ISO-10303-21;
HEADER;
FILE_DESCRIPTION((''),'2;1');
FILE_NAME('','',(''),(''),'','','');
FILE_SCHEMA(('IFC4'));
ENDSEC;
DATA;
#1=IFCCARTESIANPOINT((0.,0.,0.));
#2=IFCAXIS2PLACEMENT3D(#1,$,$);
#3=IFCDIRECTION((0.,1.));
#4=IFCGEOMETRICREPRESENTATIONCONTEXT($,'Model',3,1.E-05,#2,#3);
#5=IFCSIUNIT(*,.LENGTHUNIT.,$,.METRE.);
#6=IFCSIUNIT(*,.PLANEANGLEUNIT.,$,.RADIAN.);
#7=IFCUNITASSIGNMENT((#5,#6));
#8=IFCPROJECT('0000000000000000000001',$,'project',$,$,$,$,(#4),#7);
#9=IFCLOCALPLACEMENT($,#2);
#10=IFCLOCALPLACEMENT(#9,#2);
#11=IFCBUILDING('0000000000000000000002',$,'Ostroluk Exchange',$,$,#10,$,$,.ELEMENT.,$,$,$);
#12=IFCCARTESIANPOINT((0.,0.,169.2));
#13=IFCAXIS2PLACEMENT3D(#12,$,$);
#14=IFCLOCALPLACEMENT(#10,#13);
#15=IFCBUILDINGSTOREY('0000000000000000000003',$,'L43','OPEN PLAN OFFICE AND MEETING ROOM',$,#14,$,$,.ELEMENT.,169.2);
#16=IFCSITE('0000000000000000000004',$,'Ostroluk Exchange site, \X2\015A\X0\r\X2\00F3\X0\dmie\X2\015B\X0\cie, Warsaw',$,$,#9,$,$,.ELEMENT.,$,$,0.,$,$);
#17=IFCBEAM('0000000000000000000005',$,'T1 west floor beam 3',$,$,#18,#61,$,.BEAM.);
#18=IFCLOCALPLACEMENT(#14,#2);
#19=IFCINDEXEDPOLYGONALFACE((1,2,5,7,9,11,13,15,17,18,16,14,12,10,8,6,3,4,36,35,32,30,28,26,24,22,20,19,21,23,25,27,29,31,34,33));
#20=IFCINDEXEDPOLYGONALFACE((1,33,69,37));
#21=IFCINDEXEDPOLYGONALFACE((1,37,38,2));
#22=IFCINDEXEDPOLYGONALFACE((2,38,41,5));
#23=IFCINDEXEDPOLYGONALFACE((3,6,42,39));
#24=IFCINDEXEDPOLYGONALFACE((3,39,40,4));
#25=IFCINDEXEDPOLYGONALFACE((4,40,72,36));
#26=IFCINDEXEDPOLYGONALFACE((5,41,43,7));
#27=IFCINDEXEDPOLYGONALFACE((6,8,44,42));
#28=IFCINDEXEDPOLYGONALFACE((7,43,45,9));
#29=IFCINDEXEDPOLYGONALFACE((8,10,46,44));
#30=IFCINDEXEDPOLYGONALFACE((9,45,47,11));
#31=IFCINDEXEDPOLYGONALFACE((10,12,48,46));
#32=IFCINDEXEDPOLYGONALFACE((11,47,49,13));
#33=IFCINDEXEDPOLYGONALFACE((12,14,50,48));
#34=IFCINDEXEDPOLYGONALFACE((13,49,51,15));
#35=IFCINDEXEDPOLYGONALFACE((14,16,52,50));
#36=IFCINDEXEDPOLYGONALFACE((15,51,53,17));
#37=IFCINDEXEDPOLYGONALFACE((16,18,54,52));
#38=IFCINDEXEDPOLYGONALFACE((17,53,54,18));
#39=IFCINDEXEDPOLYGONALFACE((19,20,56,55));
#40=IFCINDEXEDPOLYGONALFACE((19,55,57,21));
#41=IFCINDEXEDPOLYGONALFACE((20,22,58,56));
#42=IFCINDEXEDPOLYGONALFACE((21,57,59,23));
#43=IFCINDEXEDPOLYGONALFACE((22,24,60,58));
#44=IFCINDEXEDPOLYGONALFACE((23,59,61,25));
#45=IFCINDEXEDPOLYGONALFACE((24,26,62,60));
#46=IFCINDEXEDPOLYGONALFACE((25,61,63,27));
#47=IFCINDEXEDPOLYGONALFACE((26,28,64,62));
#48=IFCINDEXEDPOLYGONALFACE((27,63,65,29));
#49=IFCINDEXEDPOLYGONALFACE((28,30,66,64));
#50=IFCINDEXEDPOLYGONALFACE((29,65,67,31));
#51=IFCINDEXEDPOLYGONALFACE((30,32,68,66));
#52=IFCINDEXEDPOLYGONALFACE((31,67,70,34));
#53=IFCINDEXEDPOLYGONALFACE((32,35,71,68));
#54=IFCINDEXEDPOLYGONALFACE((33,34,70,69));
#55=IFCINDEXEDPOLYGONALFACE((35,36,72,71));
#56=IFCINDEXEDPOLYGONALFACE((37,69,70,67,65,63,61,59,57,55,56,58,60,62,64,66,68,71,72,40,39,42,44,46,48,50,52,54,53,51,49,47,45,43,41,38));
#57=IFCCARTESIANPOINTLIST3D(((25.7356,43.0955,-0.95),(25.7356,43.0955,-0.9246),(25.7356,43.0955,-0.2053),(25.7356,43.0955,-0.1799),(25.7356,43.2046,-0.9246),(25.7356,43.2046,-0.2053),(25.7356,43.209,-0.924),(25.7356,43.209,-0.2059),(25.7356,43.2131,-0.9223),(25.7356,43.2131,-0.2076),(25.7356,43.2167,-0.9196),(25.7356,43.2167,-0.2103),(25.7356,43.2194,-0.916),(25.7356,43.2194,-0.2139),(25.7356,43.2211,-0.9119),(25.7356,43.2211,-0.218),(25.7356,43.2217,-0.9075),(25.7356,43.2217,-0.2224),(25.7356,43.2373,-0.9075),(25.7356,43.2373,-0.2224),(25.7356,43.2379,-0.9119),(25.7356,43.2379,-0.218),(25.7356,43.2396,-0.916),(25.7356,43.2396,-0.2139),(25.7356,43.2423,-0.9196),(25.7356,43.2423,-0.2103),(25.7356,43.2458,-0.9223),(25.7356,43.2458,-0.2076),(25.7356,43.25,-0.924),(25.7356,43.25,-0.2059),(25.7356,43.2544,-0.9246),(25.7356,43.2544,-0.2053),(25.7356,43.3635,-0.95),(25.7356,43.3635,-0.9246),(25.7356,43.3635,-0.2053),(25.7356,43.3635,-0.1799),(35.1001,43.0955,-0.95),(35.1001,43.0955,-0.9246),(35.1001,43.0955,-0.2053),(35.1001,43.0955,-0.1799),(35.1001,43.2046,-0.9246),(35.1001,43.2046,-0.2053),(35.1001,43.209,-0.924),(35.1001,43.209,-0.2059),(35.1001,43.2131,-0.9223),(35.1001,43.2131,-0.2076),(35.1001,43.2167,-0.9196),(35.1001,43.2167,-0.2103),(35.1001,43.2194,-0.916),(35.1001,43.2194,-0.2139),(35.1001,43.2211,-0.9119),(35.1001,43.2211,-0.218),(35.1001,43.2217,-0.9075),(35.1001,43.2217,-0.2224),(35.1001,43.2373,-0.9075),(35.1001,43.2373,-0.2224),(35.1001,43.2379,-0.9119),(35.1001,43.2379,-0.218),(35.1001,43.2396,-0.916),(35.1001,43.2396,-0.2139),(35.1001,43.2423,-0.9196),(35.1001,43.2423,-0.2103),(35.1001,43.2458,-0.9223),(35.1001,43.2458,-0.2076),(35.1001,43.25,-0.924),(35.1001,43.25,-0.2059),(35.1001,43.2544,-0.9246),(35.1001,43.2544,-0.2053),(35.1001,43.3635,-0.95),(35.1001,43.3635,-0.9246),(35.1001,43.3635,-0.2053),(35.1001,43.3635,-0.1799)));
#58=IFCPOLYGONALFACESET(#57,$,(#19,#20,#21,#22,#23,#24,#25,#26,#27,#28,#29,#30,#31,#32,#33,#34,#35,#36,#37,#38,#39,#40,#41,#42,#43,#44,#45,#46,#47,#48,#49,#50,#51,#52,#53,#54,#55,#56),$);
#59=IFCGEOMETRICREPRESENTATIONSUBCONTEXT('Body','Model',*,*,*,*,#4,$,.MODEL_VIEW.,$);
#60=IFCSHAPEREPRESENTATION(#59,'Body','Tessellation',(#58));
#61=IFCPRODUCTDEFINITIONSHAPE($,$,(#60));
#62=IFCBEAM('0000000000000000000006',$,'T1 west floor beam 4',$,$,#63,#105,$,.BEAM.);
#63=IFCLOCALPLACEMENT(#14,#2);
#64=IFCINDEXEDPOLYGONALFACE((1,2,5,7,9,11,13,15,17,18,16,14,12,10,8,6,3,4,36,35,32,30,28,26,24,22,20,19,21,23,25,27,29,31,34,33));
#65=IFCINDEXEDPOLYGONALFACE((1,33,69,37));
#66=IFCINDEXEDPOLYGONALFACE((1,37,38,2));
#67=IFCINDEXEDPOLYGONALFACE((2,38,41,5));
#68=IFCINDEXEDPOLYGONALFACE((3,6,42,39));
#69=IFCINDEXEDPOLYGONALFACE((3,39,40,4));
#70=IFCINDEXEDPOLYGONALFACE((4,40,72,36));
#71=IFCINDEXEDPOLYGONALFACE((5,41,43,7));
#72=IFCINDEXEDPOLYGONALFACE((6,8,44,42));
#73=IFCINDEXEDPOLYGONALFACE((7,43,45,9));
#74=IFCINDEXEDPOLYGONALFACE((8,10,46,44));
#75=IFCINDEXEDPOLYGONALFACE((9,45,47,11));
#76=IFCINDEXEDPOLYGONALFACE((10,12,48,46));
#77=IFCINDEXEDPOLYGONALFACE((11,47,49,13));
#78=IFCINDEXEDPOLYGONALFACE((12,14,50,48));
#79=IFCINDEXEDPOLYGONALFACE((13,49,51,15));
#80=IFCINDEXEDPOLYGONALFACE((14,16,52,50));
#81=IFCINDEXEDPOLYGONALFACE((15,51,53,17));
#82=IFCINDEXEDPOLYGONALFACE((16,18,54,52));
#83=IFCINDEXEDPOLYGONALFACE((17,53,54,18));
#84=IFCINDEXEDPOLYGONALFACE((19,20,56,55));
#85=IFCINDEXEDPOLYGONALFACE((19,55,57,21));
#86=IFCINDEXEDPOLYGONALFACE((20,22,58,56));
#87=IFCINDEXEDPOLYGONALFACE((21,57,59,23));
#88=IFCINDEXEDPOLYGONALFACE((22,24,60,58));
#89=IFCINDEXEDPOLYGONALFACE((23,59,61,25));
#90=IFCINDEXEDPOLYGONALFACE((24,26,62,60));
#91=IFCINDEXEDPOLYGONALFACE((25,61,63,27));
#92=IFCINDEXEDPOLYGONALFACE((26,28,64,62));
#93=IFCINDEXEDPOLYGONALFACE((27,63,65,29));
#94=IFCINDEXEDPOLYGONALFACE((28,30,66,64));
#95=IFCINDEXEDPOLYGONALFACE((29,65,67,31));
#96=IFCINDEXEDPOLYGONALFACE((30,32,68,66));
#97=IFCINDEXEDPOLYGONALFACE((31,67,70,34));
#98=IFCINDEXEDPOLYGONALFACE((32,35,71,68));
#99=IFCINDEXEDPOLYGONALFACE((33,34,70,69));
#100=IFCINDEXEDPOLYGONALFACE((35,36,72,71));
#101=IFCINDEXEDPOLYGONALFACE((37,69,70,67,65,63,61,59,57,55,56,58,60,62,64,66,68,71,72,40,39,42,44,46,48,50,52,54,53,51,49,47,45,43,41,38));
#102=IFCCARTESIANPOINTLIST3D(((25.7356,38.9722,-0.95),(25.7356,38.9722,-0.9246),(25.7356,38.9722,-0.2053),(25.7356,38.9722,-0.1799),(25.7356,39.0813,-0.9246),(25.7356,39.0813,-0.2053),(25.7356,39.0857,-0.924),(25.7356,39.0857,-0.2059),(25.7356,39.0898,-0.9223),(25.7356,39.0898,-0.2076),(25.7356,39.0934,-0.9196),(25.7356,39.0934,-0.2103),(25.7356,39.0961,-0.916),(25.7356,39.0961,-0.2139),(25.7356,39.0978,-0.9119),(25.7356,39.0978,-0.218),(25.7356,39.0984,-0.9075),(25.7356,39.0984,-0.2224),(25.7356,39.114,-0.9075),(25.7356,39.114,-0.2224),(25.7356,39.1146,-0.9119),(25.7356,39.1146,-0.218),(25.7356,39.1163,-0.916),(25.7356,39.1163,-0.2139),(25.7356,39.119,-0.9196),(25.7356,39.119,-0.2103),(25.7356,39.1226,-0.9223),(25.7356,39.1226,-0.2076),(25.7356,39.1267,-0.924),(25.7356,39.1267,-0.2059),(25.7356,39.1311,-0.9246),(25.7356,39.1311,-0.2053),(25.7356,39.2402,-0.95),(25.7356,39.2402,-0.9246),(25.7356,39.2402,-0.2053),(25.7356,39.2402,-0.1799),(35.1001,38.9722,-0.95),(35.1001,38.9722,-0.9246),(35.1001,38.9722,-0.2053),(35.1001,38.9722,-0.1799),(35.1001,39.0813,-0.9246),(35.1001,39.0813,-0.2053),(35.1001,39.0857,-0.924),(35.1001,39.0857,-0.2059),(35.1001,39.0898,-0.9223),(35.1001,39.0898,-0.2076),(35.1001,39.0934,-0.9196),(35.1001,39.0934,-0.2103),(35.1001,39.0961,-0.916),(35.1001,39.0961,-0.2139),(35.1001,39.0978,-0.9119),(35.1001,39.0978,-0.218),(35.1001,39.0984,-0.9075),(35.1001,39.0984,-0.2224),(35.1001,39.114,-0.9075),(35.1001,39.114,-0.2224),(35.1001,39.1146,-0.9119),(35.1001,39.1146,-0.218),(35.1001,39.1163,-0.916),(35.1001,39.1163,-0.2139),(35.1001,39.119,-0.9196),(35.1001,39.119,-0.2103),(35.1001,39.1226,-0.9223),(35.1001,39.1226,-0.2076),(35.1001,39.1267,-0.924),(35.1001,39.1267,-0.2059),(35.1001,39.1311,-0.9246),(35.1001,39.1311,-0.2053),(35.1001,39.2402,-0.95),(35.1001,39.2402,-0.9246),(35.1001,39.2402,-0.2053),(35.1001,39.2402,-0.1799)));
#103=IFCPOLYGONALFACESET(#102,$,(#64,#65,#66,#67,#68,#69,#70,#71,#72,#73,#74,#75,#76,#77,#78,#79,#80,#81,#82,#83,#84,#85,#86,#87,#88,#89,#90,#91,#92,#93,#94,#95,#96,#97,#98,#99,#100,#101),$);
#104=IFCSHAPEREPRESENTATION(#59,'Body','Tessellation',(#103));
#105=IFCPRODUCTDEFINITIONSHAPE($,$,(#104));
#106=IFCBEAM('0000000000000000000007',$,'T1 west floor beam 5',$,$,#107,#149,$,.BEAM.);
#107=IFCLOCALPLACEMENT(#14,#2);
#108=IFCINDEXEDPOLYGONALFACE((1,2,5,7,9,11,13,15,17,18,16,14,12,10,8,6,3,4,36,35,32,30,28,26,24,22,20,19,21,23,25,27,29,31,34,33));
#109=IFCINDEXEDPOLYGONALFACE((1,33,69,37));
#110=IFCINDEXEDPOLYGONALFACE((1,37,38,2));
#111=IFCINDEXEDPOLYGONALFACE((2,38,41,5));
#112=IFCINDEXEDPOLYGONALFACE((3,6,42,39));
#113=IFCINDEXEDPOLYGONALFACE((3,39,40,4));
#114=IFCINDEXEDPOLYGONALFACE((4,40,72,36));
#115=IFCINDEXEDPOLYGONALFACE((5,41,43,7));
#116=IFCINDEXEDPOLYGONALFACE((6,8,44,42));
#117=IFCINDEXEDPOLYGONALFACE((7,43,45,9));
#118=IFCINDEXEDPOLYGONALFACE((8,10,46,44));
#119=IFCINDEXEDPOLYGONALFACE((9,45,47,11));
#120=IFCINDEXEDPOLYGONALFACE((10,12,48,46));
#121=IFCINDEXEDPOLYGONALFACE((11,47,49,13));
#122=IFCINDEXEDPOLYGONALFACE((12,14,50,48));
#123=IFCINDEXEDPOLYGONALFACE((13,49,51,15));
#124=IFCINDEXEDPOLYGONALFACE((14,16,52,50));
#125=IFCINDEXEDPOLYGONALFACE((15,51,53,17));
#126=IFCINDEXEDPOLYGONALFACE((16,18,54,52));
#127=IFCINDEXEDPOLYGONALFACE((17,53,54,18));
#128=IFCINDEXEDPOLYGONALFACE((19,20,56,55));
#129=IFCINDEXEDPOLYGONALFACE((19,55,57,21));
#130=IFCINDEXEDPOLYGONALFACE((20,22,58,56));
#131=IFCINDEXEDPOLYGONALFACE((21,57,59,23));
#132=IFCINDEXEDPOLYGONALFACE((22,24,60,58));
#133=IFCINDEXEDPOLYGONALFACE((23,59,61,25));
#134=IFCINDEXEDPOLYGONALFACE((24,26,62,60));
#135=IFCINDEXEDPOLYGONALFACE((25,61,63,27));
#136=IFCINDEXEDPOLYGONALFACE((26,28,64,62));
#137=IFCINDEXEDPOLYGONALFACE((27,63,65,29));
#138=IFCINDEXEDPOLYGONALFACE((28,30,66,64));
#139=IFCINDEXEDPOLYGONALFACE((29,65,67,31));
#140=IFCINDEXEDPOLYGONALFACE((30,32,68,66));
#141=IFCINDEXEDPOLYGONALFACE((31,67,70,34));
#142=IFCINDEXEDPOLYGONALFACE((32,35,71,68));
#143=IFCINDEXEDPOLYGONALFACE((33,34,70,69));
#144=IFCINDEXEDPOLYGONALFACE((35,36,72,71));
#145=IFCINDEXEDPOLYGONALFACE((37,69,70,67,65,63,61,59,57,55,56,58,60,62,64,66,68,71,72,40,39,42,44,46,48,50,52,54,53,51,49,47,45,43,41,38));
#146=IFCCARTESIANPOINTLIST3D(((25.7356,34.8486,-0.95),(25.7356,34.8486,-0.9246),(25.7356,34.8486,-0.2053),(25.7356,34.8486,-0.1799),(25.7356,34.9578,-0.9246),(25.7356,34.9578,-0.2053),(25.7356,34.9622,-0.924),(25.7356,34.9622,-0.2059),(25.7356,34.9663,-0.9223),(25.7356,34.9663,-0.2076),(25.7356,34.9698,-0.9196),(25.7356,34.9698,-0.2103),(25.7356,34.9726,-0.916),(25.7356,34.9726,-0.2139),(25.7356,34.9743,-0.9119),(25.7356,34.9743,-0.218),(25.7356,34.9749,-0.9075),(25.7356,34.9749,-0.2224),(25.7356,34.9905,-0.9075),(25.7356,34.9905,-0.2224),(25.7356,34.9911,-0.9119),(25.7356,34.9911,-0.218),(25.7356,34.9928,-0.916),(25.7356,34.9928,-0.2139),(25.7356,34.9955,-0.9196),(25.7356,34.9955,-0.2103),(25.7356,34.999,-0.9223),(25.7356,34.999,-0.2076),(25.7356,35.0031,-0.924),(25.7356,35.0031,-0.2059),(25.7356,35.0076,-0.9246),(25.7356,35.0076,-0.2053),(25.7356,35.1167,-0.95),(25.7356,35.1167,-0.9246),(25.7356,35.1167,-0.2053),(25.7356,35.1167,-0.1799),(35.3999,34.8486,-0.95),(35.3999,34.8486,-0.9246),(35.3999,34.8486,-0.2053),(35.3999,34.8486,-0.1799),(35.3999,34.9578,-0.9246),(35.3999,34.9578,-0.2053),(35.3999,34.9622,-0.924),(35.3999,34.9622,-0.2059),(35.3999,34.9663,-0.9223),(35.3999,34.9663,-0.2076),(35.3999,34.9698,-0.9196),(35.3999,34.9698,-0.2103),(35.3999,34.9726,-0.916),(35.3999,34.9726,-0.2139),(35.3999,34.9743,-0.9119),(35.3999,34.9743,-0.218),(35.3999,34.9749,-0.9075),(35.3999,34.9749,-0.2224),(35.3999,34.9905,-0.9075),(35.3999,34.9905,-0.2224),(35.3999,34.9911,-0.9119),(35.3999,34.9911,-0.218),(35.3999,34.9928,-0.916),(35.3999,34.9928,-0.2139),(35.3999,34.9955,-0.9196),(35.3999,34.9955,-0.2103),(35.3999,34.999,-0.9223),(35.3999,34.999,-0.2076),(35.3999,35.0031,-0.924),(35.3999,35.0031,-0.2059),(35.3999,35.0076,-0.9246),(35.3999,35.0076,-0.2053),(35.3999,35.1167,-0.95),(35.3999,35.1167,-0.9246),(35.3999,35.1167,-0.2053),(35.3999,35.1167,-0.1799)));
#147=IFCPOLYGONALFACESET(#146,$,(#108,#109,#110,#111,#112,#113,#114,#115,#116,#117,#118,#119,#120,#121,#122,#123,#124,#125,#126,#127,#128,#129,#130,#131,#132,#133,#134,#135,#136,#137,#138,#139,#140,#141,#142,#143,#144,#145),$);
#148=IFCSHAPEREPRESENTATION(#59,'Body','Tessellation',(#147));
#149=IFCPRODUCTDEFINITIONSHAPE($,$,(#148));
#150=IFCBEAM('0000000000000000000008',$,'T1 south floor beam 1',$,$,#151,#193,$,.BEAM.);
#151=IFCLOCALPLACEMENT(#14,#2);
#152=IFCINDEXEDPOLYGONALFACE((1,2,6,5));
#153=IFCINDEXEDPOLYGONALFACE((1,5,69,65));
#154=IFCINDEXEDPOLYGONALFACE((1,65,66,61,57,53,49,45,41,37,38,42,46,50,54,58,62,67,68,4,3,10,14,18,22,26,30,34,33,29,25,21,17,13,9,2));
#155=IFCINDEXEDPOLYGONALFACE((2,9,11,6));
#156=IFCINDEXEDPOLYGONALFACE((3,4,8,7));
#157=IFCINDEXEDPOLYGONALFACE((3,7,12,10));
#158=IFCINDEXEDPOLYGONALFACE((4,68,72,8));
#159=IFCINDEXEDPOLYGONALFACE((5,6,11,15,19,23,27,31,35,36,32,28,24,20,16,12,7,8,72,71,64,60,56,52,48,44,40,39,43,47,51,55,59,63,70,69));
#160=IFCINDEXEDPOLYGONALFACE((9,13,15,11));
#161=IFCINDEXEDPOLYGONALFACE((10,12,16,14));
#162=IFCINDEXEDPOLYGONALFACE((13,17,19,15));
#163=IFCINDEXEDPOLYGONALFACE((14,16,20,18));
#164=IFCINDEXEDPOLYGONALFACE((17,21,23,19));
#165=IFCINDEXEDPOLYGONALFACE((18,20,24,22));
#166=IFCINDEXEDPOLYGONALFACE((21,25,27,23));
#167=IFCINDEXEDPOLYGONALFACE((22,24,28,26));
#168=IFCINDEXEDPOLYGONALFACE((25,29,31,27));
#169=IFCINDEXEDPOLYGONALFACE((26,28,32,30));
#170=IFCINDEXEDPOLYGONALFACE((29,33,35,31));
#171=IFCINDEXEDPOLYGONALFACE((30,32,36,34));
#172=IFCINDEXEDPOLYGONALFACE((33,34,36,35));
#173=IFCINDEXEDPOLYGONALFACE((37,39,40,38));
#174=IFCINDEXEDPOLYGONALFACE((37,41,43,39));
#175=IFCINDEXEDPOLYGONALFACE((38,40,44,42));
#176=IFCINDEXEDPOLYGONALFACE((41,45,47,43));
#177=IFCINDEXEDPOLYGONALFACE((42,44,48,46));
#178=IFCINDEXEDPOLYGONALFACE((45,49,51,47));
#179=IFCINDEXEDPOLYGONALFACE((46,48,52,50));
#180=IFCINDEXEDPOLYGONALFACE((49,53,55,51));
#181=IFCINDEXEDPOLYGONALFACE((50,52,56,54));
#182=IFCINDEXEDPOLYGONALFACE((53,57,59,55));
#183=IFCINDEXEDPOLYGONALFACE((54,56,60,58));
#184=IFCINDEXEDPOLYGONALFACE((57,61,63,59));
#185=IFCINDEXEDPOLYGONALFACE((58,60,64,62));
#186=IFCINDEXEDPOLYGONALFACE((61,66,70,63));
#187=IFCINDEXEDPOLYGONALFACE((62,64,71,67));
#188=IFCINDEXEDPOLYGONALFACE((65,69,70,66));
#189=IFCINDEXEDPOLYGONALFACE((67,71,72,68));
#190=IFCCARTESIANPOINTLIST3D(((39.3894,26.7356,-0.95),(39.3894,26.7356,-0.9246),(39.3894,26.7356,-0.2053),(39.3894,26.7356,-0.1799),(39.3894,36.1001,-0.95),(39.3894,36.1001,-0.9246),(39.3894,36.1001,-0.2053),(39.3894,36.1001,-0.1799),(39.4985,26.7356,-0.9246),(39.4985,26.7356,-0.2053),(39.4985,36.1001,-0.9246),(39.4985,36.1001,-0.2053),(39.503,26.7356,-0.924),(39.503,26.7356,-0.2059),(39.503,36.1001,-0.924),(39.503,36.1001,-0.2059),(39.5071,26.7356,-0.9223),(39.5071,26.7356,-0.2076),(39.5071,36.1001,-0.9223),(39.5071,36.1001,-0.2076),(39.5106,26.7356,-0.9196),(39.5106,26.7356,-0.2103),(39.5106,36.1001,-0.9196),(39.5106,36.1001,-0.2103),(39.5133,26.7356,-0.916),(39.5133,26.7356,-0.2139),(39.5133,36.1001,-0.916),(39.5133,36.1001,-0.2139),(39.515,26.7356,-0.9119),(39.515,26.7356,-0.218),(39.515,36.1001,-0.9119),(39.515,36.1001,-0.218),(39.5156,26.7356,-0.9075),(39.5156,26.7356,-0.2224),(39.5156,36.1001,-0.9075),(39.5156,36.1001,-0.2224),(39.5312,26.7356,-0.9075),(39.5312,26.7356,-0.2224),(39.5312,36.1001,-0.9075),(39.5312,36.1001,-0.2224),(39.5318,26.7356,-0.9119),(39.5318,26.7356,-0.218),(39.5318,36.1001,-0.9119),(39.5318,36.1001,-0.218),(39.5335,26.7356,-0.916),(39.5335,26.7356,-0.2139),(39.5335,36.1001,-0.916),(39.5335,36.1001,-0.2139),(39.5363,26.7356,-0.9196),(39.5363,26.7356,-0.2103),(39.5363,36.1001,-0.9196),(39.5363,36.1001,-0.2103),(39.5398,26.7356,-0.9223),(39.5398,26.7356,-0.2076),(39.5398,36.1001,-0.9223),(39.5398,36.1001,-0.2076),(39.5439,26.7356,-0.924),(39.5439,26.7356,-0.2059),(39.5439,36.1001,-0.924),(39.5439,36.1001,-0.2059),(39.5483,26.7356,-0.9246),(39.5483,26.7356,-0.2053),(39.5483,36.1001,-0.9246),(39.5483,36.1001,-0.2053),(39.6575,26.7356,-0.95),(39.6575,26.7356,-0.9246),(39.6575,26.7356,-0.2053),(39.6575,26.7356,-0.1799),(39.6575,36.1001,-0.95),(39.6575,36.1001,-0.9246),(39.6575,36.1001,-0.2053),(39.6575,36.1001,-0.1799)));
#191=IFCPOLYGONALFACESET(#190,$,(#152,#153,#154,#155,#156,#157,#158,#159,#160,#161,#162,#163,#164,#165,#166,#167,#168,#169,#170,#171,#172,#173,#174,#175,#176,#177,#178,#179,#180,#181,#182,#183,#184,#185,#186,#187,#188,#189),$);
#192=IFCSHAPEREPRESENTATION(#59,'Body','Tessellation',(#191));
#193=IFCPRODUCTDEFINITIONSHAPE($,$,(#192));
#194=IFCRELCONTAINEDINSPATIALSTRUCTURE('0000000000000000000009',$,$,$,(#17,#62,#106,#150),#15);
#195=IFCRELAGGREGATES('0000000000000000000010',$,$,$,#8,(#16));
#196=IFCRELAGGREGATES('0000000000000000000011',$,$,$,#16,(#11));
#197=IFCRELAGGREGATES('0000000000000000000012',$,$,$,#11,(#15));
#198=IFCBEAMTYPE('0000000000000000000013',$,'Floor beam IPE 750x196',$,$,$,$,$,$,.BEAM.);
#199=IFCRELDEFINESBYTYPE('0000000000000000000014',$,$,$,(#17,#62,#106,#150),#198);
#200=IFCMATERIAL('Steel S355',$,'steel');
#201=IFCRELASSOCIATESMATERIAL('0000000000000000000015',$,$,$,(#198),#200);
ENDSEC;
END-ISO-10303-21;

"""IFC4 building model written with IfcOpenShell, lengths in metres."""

from ifc_helpers import new_model, si_unit, direction, frame, origin, origin_2d, place, context, subcontext, project, spatial, i_section, extrude, material, material_profile, profile_set, type_object, element, save


model = new_model("IFC4")

# Units and contexts
model_context = context("Model", 3, precision=1e-05, world=origin(), true_north=direction((0.0, 1.0)))
body_context = subcontext(model_context, "Body", "Model", "MODEL_VIEW")
ifc_project = project(units=[si_unit("LENGTHUNIT", "METRE"), si_unit("PLANEANGLEUNIT", "RADIAN")], contexts=[model_context])

# Site, building, storey
site_placement = place(None, origin())
site = spatial("IfcSite", under=ifc_project, at=site_placement, Name="Ostroluk Exchange site, Śródmieście, Warsaw", CompositionType="ELEMENT", RefElevation=0.0)
building_placement = place(site_placement, origin())
building = spatial("IfcBuilding", under=site, at=building_placement, Name="Ostroluk Exchange", CompositionType="ELEMENT")
storey_placement = place(building_placement, frame((0.0, 0.0, 169.2)))
storey = spatial("IfcBuildingStorey", under=building, at=storey_placement, Name="L43", Description="OPEN PLAN OFFICE AND MEETING ROOM", CompositionType="ELEMENT", Elevation=169.2)

# Beams
ifc_material_1 = material(Name="Steel S355", Category="steel")
ifc_material_profile_1 = material_profile(ifc_material_1, i_section(OverallWidth=0.2681, OverallDepth=0.77, WebThickness=0.0156, FlangeThickness=0.0254, FilletRadius=0.0171, at=origin_2d()), Name="IPE 750x196")
ifc_profile_set_1 = profile_set([ifc_material_profile_1], Name="Steel S355")
beam_type_1 = type_object("IfcBeamType", Name="Floor beam IPE 750x196", PredefinedType="BEAM", material=ifc_profile_set_1)
for number, where, z_axis, x_axis, name in (
    (1, (35.1001, 43.2295, -0.5649), (-1.0, 0.0, 0.0), (0.0, -1.0, 0.0), "T1 west floor beam 3"),
    (2, (35.1001, 39.1062, -0.5649), (-1.0, 0.0, 0.0), (0.0, -1.0, 0.0), "T1 west floor beam 4"),
):
    element("IfcBeam", number, at=place(storey_placement, frame(where, z_axis=z_axis, x_axis=x_axis)), inside=storey, type_object=beam_type_1, Name=name, PredefinedType="BEAM", context=body_context, shape_type="SweptSolid", body=[
        extrude(i_section(OverallWidth=0.2681, OverallDepth=0.77, WebThickness=0.0156, FlangeThickness=0.0254, FilletRadius=0.0171, at=origin_2d()), origin(), (0.0, 0.0, 1.0), 9.3645),
    ])
beam_1_placement = place(storey_placement, frame((35.3999, 34.9827, -0.5649), z_axis=(-1.0, 0.0, 0.0), x_axis=(0.0, -1.0, 0.0)))
element("IfcBeam", 3, at=beam_1_placement, inside=storey, type_object=beam_type_1, Name="T1 west floor beam 5", PredefinedType="BEAM", context=body_context, shape_type="SweptSolid", body=[
    extrude(i_section(OverallWidth=0.2681, OverallDepth=0.77, WebThickness=0.0156, FlangeThickness=0.0254, FilletRadius=0.0171, at=origin_2d()), origin(), (0.0, 0.0, 1.0), 9.6643),
])
beam_2_placement = place(storey_placement, frame((39.5234, 36.1001, -0.5649), z_axis=(0.0, -1.0, 0.0), x_axis=(1.0, 0.0, 0.0)))
element("IfcBeam", 4, at=beam_2_placement, inside=storey, type_object=beam_type_1, Name="T1 south floor beam 1", PredefinedType="BEAM", context=body_context, shape_type="SweptSolid", body=[
    extrude(i_section(OverallWidth=0.2681, OverallDepth=0.77, WebThickness=0.0156, FlangeThickness=0.0254, FilletRadius=0.0171, at=origin_2d()), origin(), (0.0, 0.0, 1.0), 9.3645),
])

save(model, "model.ifc")
